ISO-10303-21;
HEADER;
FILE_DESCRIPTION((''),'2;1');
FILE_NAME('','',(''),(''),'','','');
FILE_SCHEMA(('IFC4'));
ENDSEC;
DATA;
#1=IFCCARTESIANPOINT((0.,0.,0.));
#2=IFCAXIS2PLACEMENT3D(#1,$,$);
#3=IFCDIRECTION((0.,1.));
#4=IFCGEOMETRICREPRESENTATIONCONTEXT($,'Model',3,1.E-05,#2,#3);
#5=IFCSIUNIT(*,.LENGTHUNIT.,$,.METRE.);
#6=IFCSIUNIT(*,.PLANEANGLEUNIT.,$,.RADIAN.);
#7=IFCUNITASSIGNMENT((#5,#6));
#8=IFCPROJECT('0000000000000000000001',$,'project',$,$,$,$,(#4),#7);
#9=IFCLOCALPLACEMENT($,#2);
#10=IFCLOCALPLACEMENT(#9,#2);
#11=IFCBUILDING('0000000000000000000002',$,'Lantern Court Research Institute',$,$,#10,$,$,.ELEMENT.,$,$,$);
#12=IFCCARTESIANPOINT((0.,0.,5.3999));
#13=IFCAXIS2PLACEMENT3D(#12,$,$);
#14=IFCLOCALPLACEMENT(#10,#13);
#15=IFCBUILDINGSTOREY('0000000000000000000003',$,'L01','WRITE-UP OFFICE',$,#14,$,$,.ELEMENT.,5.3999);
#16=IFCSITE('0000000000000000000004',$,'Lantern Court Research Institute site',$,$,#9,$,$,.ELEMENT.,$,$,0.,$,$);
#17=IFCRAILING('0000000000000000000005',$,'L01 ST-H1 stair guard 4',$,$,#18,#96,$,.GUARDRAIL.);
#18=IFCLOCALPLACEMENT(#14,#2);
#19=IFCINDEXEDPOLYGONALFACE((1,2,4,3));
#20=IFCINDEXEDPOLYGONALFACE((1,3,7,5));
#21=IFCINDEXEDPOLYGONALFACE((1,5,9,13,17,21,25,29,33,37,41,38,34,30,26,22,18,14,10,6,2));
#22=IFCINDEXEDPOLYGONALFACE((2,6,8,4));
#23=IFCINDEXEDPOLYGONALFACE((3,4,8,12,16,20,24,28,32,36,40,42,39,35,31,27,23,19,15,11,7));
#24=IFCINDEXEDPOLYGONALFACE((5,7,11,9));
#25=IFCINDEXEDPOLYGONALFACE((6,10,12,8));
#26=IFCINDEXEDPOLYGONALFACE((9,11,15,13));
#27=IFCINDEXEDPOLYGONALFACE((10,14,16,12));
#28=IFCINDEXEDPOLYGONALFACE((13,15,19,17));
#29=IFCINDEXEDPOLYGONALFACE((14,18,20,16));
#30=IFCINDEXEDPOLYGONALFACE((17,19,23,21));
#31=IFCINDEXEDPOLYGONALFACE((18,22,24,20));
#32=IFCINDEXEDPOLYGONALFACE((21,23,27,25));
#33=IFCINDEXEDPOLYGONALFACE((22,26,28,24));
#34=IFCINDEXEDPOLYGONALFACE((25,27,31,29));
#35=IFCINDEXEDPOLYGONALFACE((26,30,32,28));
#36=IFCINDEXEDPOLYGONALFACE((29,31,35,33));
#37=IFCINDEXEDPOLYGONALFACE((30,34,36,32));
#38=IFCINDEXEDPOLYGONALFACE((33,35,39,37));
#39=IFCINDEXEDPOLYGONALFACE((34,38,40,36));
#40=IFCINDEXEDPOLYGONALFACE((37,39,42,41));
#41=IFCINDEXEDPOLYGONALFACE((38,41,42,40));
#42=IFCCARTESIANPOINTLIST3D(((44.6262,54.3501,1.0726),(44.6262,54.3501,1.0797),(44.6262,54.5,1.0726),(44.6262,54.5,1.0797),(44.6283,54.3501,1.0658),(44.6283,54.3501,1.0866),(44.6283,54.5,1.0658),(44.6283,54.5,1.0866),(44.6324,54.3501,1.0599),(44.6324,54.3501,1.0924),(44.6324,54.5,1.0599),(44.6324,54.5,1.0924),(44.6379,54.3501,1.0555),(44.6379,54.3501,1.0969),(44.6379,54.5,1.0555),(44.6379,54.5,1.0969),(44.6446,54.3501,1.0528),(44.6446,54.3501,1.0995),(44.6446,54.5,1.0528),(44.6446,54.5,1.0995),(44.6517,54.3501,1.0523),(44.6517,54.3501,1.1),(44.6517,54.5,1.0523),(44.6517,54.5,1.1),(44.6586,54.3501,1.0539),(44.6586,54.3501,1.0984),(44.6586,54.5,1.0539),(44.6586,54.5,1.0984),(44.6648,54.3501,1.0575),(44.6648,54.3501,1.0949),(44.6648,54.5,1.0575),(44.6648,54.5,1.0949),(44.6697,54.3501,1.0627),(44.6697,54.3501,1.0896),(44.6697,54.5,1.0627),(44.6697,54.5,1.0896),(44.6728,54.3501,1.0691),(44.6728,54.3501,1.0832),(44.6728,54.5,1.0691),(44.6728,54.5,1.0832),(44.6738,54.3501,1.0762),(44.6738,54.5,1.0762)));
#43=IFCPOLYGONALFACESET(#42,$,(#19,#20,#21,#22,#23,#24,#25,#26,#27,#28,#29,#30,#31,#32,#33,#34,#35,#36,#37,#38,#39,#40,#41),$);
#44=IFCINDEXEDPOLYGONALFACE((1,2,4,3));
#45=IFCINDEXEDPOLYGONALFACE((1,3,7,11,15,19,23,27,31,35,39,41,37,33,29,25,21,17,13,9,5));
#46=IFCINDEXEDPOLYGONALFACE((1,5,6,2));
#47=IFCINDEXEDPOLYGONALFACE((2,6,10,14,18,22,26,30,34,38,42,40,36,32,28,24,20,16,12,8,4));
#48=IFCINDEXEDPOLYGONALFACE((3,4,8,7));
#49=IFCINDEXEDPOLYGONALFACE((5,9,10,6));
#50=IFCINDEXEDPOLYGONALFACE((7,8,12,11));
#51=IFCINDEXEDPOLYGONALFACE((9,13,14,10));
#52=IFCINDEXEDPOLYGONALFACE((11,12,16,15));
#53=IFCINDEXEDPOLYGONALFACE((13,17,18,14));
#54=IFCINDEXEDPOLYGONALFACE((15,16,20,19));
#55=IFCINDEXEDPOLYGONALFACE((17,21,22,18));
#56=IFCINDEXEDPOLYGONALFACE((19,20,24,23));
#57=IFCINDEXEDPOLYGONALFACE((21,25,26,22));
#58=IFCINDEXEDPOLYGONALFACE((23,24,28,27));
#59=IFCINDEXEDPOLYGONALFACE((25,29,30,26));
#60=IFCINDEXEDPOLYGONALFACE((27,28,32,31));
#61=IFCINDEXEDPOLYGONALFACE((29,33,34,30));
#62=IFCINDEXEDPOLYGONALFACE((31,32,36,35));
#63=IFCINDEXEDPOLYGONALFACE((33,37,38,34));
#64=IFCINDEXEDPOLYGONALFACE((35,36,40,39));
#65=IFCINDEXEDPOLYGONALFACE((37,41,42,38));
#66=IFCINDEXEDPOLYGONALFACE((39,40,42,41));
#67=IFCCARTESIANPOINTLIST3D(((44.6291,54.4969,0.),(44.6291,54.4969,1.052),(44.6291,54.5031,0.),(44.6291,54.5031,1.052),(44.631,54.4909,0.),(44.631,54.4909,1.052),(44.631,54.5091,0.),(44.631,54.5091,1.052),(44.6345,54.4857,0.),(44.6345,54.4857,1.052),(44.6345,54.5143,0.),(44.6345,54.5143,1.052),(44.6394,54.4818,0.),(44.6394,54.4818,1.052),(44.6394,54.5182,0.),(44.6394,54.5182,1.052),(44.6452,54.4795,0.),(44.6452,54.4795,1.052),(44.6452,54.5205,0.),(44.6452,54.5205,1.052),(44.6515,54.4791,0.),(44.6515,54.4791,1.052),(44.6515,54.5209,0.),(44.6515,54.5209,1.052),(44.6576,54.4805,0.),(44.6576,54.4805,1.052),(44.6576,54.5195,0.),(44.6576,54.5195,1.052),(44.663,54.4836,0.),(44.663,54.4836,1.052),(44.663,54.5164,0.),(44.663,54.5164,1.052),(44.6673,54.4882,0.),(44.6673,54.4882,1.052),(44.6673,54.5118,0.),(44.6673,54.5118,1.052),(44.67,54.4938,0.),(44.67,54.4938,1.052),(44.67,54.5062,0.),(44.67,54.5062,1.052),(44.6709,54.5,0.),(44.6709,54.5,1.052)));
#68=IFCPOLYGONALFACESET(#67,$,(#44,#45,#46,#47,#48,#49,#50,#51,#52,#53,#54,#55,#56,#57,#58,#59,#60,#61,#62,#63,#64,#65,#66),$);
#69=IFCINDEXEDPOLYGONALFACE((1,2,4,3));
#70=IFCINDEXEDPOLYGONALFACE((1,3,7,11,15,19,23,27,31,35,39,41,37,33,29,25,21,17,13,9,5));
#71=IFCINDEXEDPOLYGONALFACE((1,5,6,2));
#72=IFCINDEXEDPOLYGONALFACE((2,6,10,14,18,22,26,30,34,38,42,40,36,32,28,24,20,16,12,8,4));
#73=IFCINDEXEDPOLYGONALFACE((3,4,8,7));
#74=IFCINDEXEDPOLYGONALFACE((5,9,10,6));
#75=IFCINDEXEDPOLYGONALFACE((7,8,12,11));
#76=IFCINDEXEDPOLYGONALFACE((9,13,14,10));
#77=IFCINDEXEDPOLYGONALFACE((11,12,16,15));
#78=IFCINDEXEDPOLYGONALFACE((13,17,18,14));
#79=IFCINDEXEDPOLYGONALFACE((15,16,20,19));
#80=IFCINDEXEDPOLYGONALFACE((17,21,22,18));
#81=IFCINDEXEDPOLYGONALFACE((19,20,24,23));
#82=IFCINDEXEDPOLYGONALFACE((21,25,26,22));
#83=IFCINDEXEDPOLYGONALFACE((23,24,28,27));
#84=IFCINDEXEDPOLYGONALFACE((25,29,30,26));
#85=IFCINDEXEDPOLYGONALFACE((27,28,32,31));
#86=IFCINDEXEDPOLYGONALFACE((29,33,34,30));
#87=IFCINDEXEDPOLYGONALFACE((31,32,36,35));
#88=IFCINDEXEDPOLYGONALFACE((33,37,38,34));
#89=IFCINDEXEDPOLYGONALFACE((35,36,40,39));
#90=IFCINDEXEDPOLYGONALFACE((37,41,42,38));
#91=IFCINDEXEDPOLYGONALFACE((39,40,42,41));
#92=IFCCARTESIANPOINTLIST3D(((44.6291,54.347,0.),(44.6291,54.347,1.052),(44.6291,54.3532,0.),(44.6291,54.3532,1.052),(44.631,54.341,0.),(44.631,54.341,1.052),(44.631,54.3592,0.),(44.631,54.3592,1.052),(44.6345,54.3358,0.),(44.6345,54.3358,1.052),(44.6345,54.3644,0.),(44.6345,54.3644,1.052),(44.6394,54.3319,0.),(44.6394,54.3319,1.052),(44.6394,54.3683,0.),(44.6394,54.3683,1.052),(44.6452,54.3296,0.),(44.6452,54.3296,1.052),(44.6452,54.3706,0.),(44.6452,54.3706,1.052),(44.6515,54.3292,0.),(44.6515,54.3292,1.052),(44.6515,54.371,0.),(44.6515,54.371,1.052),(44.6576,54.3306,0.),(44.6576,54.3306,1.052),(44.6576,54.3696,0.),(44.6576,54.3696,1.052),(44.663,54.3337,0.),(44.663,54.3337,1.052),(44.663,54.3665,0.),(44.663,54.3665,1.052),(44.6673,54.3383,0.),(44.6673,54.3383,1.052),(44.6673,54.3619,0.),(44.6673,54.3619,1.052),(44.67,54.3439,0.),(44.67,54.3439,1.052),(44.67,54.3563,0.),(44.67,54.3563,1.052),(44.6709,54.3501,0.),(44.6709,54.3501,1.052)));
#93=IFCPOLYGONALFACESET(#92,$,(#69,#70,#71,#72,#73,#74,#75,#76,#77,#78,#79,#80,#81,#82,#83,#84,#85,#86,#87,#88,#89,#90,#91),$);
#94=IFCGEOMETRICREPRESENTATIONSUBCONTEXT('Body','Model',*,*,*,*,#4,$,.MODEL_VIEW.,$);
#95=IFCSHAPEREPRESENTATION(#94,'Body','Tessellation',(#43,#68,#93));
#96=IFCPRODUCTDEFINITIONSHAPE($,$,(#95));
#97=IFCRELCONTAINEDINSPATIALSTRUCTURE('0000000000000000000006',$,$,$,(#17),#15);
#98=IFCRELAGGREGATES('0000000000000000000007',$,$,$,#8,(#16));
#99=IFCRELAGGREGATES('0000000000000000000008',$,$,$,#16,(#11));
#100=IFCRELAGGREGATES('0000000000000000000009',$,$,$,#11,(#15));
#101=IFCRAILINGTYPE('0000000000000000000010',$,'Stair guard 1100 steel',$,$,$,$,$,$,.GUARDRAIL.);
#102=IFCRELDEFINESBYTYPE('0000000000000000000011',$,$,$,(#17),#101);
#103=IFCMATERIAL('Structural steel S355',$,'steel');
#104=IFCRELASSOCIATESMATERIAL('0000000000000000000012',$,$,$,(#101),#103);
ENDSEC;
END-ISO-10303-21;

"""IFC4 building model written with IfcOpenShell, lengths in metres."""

from ifc_helpers import new_model, si_unit, direction, frame, origin, origin_2d, place, context, subcontext, project, spatial, circle, extrude, material, type_object, element, save


model = new_model("IFC4")

# Units and contexts
model_context = context("Model", 3, precision=1e-05, world=origin(), true_north=direction((0.0, 1.0)))
body_context = subcontext(model_context, "Body", "Model", "MODEL_VIEW")
ifc_project = project(units=[si_unit("LENGTHUNIT", "METRE"), si_unit("PLANEANGLEUNIT", "RADIAN")], contexts=[model_context])

# Site, building, storey
site_placement = place(None, origin())
site = spatial("IfcSite", under=ifc_project, at=site_placement, Name="Lantern Court Research Institute site", CompositionType="ELEMENT", RefElevation=0.0)
building_placement = place(site_placement, origin())
building = spatial("IfcBuilding", under=site, at=building_placement, Name="Lantern Court Research Institute", CompositionType="ELEMENT")
storey_placement = place(building_placement, frame((0.0, 0.0, 5.3999)))
storey = spatial("IfcBuildingStorey", under=building, at=storey_placement, Name="L01", Description="WRITE-UP OFFICE", CompositionType="ELEMENT", Elevation=5.3999)

# Railing
ifc_material_1 = material(Name="Structural steel S355", Category="steel")
railing_type_1 = type_object("IfcRailingType", Name="Stair guard 1100 steel", PredefinedType="GUARDRAIL", material=ifc_material_1)
railing_1_placement = place(storey_placement, frame((44.6499, 54.5, 0.0)))
element("IfcRailing", 1, at=railing_1_placement, inside=storey, type_object=railing_type_1, Name="L01 ST-H1 stair guard 4", PredefinedType="GUARDRAIL", context=body_context, shape_type="SweptSolid", body=[
    extrude(circle(Radius=0.0239, at=origin_2d()), frame((0.0, 0.0, 1.0762), z_axis=(0.0, -1.0, 0.0), x_axis=(1.0, 0.0, 0.0)), (0.0, 0.0, 1.0), 0.1499),
    extrude(circle(Radius=0.021, at=origin_2d()), origin(), (0.0, 0.0, 1.0), 1.052),
    extrude(circle(Radius=0.021, at=origin_2d()), frame((0.0, -0.1499, 0.0)), (0.0, 0.0, 1.0), 1.052),
])

save(model, "model.ifc")
